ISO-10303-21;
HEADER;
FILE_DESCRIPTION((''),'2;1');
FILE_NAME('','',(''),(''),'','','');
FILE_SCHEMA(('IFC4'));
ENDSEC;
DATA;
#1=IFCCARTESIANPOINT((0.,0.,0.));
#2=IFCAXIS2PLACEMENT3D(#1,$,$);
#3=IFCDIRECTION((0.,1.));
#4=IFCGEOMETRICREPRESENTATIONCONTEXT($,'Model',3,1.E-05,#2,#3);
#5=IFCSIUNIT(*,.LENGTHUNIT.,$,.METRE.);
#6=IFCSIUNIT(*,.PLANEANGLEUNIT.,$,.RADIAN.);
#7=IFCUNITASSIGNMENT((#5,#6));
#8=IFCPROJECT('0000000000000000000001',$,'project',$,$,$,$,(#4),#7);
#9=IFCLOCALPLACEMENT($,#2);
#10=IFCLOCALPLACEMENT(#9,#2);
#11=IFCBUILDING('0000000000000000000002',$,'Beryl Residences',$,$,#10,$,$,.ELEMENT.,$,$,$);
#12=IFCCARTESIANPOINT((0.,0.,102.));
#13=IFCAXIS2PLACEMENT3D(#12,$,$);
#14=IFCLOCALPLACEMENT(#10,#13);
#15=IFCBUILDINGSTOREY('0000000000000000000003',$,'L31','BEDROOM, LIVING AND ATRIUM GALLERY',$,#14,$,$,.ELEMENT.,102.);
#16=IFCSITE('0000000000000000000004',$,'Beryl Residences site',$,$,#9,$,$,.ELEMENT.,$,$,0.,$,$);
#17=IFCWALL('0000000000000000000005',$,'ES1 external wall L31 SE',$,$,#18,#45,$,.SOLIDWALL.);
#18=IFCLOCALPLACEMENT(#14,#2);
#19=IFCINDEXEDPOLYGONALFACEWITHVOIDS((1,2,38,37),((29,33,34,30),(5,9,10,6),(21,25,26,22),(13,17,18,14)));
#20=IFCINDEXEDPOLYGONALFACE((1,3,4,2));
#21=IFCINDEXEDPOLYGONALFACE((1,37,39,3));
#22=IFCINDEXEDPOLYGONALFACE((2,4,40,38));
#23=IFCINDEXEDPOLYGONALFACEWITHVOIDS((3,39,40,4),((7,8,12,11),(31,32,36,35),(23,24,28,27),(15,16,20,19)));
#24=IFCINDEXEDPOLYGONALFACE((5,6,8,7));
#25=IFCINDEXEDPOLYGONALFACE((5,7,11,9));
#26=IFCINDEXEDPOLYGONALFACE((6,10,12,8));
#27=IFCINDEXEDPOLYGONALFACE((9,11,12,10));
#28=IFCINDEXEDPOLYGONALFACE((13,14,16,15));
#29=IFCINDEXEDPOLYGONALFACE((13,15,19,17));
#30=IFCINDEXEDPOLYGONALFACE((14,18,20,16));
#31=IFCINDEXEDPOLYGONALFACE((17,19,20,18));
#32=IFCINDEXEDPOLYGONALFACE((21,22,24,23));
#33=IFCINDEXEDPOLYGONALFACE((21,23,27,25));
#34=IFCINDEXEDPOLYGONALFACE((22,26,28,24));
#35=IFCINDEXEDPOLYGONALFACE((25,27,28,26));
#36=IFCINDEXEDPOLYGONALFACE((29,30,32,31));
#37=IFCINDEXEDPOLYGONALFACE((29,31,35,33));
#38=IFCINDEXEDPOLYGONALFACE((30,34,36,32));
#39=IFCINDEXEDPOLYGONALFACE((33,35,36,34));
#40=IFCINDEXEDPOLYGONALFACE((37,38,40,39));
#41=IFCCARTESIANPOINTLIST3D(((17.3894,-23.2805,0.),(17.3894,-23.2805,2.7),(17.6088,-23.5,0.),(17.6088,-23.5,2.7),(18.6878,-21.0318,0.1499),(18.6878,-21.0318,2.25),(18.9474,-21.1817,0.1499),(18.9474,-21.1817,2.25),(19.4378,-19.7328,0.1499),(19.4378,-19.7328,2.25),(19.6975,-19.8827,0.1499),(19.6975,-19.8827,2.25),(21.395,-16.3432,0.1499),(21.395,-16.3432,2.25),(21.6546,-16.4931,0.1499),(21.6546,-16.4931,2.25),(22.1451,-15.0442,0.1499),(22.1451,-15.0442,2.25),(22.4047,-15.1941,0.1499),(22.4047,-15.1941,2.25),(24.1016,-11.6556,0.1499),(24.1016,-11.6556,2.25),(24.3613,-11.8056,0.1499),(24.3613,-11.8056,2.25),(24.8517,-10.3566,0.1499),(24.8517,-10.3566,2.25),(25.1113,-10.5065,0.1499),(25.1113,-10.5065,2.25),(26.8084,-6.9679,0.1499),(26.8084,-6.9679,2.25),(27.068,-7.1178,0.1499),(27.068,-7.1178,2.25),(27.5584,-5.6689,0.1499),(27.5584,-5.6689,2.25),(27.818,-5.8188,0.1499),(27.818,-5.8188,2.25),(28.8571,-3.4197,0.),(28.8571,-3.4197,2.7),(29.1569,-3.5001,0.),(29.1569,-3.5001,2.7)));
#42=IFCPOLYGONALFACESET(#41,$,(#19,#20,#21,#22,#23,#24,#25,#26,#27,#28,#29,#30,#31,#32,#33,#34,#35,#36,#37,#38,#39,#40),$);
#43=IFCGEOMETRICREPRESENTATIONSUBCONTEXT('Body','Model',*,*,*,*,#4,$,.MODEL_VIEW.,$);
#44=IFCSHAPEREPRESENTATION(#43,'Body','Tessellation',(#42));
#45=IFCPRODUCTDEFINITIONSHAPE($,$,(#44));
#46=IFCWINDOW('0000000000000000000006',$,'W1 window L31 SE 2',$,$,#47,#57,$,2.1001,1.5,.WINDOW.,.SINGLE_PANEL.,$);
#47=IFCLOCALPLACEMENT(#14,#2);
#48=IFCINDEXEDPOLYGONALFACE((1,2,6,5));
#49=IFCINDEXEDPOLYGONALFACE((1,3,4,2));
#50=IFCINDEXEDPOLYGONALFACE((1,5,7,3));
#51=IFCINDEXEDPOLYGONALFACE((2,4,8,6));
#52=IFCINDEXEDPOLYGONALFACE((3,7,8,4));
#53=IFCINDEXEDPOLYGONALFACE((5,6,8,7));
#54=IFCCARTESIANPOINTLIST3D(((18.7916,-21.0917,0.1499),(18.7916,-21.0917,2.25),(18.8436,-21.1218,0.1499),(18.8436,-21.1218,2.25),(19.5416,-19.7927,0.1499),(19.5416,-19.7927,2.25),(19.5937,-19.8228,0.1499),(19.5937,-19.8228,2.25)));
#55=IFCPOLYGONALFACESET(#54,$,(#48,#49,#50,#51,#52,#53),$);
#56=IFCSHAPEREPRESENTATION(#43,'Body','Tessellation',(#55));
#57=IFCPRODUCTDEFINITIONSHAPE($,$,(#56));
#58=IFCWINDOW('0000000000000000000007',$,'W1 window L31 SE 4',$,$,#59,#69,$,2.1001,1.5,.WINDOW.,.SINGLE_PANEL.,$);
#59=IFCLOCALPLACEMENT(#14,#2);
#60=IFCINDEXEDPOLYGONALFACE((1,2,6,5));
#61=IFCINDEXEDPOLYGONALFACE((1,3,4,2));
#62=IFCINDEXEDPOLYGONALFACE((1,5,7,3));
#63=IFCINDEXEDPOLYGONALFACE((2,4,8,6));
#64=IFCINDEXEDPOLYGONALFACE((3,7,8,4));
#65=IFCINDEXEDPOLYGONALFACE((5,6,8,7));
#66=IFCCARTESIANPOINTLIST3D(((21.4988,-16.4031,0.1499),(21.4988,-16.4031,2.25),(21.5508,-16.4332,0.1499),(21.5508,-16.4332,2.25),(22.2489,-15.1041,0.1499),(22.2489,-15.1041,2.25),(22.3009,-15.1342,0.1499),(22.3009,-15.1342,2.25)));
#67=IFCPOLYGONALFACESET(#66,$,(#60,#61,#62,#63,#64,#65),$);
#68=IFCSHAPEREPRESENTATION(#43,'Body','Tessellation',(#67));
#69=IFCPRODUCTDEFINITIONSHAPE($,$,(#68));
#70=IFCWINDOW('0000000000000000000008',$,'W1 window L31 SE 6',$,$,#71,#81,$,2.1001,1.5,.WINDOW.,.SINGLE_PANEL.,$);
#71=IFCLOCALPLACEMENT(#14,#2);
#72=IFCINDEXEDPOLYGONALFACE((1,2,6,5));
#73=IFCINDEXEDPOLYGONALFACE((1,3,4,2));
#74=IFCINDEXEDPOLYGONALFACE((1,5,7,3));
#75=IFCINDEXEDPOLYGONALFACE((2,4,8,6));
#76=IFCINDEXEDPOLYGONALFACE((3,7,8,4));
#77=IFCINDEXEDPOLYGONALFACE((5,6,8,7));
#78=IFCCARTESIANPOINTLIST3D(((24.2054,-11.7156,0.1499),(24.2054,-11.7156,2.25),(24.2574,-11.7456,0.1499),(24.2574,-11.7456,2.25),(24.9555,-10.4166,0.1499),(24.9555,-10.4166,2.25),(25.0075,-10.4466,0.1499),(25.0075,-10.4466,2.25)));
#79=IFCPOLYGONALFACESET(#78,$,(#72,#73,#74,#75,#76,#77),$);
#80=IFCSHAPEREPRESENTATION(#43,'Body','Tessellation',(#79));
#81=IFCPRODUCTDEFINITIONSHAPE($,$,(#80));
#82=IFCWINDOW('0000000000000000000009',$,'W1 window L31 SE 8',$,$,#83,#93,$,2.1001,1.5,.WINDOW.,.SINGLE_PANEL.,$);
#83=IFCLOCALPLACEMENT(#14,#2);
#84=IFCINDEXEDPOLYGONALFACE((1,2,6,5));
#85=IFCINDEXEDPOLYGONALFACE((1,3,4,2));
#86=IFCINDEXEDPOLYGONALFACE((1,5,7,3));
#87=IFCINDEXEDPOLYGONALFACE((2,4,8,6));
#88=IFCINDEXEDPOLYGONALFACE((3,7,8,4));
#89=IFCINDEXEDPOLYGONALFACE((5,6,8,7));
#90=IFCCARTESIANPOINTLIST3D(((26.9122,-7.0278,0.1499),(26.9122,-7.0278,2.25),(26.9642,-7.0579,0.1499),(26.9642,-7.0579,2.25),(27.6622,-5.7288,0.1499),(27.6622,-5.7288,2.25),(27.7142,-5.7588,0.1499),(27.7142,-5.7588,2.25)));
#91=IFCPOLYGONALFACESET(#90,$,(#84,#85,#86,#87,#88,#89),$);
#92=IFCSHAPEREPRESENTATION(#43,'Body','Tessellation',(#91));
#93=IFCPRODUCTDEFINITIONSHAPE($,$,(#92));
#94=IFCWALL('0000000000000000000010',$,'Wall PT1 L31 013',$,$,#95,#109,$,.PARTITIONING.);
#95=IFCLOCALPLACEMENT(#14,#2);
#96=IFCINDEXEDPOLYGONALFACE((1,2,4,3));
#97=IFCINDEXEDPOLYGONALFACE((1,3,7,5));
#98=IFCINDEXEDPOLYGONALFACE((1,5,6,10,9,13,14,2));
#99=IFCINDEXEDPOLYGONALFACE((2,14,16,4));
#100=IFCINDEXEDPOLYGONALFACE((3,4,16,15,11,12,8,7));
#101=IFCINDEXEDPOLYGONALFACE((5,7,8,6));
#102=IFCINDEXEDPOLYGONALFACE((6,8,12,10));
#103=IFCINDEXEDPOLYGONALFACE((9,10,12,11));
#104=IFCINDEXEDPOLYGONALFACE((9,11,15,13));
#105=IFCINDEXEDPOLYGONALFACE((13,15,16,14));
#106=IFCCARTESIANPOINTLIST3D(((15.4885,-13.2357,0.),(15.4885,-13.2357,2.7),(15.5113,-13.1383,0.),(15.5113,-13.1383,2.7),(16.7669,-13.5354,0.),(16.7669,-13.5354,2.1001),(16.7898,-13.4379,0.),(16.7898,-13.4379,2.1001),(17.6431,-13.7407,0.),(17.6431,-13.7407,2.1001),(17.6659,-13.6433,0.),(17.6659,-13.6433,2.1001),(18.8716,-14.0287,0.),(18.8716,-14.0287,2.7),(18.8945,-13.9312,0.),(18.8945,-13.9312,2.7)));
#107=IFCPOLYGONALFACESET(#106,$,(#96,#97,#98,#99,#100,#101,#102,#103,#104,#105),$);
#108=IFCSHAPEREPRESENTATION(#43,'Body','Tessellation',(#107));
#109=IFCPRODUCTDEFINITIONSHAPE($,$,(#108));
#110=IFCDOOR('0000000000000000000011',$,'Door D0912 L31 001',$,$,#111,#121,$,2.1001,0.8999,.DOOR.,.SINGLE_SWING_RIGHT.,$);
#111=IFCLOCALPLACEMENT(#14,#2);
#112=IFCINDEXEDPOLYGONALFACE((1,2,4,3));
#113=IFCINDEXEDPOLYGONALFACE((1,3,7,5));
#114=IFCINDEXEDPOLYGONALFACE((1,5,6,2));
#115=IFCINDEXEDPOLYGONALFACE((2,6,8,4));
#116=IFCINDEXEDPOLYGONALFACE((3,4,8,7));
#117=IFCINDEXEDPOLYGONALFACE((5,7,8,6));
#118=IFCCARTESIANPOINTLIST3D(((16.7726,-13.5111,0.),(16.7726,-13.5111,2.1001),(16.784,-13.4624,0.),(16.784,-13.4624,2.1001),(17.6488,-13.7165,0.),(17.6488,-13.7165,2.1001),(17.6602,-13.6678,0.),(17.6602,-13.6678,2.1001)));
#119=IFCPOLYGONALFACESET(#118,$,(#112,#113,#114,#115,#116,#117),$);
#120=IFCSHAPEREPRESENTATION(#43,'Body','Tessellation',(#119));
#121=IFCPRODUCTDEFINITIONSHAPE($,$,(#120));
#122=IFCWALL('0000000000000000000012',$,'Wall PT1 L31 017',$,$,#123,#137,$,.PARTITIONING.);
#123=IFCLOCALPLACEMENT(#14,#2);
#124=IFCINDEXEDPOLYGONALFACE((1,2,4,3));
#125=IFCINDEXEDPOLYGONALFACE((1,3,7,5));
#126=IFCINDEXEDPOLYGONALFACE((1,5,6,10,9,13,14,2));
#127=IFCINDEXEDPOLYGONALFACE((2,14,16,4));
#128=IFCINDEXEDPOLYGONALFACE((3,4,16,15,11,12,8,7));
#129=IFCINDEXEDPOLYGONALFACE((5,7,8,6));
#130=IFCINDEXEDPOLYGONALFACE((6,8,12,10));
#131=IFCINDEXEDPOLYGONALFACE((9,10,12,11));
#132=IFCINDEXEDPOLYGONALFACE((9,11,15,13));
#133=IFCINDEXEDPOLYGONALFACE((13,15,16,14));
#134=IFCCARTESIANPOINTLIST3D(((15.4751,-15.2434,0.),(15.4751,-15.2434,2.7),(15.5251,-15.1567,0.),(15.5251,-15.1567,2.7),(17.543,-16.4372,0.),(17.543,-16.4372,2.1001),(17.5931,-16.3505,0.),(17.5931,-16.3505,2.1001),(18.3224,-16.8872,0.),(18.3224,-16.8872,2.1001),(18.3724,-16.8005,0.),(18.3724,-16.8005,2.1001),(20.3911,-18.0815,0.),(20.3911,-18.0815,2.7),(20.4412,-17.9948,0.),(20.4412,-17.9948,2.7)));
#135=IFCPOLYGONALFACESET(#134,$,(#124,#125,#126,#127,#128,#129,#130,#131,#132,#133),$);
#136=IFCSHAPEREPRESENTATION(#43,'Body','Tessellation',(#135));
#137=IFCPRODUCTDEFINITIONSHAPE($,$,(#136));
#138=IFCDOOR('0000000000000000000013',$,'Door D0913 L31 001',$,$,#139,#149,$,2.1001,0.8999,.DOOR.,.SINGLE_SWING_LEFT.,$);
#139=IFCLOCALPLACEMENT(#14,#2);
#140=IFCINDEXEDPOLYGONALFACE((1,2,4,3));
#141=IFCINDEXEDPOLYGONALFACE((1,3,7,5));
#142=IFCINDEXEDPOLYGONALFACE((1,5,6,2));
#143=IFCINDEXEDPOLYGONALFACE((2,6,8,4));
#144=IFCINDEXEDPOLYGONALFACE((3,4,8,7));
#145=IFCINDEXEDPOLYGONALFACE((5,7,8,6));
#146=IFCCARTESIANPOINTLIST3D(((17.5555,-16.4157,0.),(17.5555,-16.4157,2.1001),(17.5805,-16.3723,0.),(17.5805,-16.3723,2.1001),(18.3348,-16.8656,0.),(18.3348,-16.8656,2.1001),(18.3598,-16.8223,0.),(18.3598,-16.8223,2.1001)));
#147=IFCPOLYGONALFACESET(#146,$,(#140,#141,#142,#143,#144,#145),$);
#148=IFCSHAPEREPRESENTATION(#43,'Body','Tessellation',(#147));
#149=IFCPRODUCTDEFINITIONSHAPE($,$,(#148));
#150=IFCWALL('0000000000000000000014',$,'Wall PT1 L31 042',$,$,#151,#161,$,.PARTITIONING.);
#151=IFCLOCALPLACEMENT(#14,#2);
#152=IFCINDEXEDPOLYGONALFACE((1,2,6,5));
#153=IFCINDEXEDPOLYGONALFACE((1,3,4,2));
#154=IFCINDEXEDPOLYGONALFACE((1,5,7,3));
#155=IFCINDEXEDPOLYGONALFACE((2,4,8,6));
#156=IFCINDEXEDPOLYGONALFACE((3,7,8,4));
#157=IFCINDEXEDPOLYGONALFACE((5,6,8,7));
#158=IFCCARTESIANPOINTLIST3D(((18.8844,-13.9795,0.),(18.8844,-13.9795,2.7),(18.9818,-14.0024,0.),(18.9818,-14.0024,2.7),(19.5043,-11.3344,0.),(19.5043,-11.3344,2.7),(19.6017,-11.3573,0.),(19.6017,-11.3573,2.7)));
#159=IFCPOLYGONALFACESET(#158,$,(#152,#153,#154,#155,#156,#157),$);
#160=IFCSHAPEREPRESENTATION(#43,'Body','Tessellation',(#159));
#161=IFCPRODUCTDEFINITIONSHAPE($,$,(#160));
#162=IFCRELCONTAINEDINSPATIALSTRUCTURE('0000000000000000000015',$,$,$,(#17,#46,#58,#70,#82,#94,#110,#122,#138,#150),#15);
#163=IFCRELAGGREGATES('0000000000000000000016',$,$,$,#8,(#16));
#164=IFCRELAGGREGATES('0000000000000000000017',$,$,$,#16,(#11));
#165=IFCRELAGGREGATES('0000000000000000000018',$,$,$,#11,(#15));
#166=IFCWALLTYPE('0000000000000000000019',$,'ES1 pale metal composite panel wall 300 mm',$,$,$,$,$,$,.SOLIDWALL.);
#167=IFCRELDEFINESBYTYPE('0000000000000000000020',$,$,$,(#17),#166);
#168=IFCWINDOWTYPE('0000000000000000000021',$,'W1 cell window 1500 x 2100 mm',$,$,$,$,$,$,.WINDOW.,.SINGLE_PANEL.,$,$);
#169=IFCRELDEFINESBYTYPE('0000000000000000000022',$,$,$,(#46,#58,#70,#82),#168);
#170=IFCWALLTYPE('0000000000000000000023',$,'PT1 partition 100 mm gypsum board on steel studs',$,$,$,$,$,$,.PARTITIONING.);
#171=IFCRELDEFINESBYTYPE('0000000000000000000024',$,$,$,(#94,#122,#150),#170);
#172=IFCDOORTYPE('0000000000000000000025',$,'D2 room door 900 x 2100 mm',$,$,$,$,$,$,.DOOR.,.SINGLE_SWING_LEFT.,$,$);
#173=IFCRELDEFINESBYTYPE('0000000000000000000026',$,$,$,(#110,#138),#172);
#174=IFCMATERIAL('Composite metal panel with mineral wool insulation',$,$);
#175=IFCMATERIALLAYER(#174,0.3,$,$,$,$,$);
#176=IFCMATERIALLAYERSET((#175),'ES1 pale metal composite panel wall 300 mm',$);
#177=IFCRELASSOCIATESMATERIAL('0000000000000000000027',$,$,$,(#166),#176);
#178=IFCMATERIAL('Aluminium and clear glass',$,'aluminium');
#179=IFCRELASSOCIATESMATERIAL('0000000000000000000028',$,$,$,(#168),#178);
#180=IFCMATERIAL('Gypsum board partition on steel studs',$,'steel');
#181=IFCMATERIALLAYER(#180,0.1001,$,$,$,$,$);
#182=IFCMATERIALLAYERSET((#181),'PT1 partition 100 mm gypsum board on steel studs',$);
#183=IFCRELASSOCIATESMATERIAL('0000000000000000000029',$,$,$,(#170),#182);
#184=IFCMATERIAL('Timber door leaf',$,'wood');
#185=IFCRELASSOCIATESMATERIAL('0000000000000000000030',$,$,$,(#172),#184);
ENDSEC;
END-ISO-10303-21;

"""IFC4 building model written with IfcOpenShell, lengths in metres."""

from ifc_helpers import new_model, si_unit, direction, frame, frame_2d, origin, place, context, subcontext, project, spatial, polyline, rectangle, outline, extrude, material, layer, layer_set, type_object, element, fill, save


model = new_model("IFC4")

# Units and contexts
model_context = context("Model", 3, precision=1e-05, world=origin(), true_north=direction((0.0, 1.0)))
body_context = subcontext(model_context, "Body", "Model", "MODEL_VIEW")
ifc_project = project(units=[si_unit("LENGTHUNIT", "METRE"), si_unit("PLANEANGLEUNIT", "RADIAN")], contexts=[model_context])

# Site, building, storey
site_placement = place(None, origin())
site = spatial("IfcSite", under=ifc_project, at=site_placement, Name="Beryl Residences site", CompositionType="ELEMENT", RefElevation=0.0)
building_placement = place(site_placement, origin())
building = spatial("IfcBuilding", under=site, at=building_placement, Name="Beryl Residences", CompositionType="ELEMENT")
storey_placement = place(building_placement, frame((0.0, 0.0, 102.0)))
storey = spatial("IfcBuildingStorey", under=building, at=storey_placement, Name="L31", Description="BEDROOM, LIVING AND ATRIUM GALLERY", CompositionType="ELEMENT", Elevation=102.0)

# Shared definitions
ifc_material_1 = material(Name="Composite metal panel with mineral wool insulation")
ifc_layer_1 = layer(ifc_material_1, 0.3)
ifc_layer_set_1 = layer_set([ifc_layer_1], Name="ES1 pale metal composite panel wall 300 mm")
wall_type_1 = type_object("IfcWallType", Name="ES1 pale metal composite panel wall 300 mm", PredefinedType="SOLIDWALL", material=ifc_layer_set_1)

# Wall, openings, windows
wall_1_placement = place(storey_placement, frame((17.479, -23.425, 0.0), z_axis=(0.0, 0.0, 1.0), x_axis=(0.500035, 0.866005, 0.0)))
wall_1 = element("IfcWall", 1, at=wall_1_placement, inside=storey, type_object=wall_type_1, Name="ES1 external wall L31 SE", PredefinedType="SOLIDWALL", context=body_context, shape_type="SweptSolid", body=[
    extrude(outline(polyline([(0.0, -0.1499), (23.0945, -0.1499), (23.0142, 0.1499), (0.0803, 0.1499), (0.0, -0.1499)])), origin(), (0.0, 0.0, 1.0), 2.7),
])
opening_1_placement = place(wall_1_placement, frame((2.677, 0.0, 0.1499)))
opening_1 = element("IfcOpeningElement", 2, at=opening_1_placement, cuts=wall_1, PredefinedType="OPENING", context=body_context, shape_type="SweptSolid", body=[
    extrude(rectangle(XDim=1.5, YDim=2.1001, at=frame_2d((0.75, 1.05))), frame((0.0, 0.1599, 0.0), z_axis=(0.0, -1.0, 0.0), x_axis=(1.0, 0.0, 0.0)), (0.0, 0.0, 1.0), 0.3201),
])
opening_2_placement = place(wall_1_placement, frame((8.0911, 0.0, 0.1499)))
opening_2 = element("IfcOpeningElement", 3, at=opening_2_placement, cuts=wall_1, PredefinedType="OPENING", context=body_context, shape_type="SweptSolid", body=[
    extrude(rectangle(XDim=1.5, YDim=2.1001, at=frame_2d((0.75, 1.05))), frame((0.0, 0.1599, 0.0), z_axis=(0.0, -1.0, 0.0), x_axis=(1.0, 0.0, 0.0)), (0.0, 0.0, 1.0), 0.3201),
])
opening_3_placement = place(wall_1_placement, frame((13.5039, 0.0, 0.1499)))
opening_3 = element("IfcOpeningElement", 4, at=opening_3_placement, cuts=wall_1, PredefinedType="OPENING", context=body_context, shape_type="SweptSolid", body=[
    extrude(rectangle(XDim=1.5, YDim=2.1001, at=frame_2d((0.75, 1.05))), frame((0.0, 0.1599, 0.0), z_axis=(0.0, -1.0, 0.0), x_axis=(1.0, 0.0, 0.0)), (0.0, 0.0, 1.0), 0.3201),
])
opening_4_placement = place(wall_1_placement, frame((18.917, 0.0, 0.1499)))
opening_4 = element("IfcOpeningElement", 5, at=opening_4_placement, cuts=wall_1, PredefinedType="OPENING", context=body_context, shape_type="SweptSolid", body=[
    extrude(rectangle(XDim=1.5, YDim=2.1001, at=frame_2d((0.75, 1.05))), frame((0.0, 0.1599, 0.0), z_axis=(0.0, -1.0, 0.0), x_axis=(1.0, 0.0, 0.0)), (0.0, 0.0, 1.0), 0.3201),
])
ifc_material_2 = material(Name="Aluminium and clear glass", Category="aluminium")
window_type_1 = type_object("IfcWindowType", Name="W1 cell window 1500 x 2100 mm", PartitioningType="SINGLE_PANEL", PredefinedType="WINDOW", material=ifc_material_2)
window_1_placement = place(opening_1_placement, origin())
window_1 = element("IfcWindow", 6, at=window_1_placement, inside=storey, type_object=window_type_1, Name="W1 window L31 SE 2", OverallHeight=2.1001, OverallWidth=1.5, PartitioningType="SINGLE_PANEL", PredefinedType="WINDOW", context=body_context, shape_type="SweptSolid", body=[
    extrude(rectangle(XDim=1.5, YDim=2.1001, at=frame_2d((0.75, 1.05))), frame((0.0, 0.03, 0.0), z_axis=(0.0, -1.0, 0.0), x_axis=(1.0, 0.0, 0.0)), (0.0, 0.0, 1.0), 0.0601),
])
fill(opening_1, window_1)
window_2_placement = place(opening_2_placement, origin())
window_2 = element("IfcWindow", 7, at=window_2_placement, inside=storey, type_object=window_type_1, Name="W1 window L31 SE 4", OverallHeight=2.1001, OverallWidth=1.5, PartitioningType="SINGLE_PANEL", PredefinedType="WINDOW", context=body_context, shape_type="SweptSolid", body=[
    extrude(rectangle(XDim=1.5, YDim=2.1001, at=frame_2d((0.75, 1.05))), frame((0.0, 0.03, 0.0), z_axis=(0.0, -1.0, 0.0), x_axis=(1.0, 0.0, 0.0)), (0.0, 0.0, 1.0), 0.0601),
])
fill(opening_2, window_2)
window_3_placement = place(opening_3_placement, origin())
window_3 = element("IfcWindow", 8, at=window_3_placement, inside=storey, type_object=window_type_1, Name="W1 window L31 SE 6", OverallHeight=2.1001, OverallWidth=1.5, PartitioningType="SINGLE_PANEL", PredefinedType="WINDOW", context=body_context, shape_type="SweptSolid", body=[
    extrude(rectangle(XDim=1.5, YDim=2.1001, at=frame_2d((0.75, 1.05))), frame((0.0, 0.03, 0.0), z_axis=(0.0, -1.0, 0.0), x_axis=(1.0, 0.0, 0.0)), (0.0, 0.0, 1.0), 0.0601),
])
fill(opening_3, window_3)
window_4_placement = place(opening_4_placement, origin())
window_4 = element("IfcWindow", 9, at=window_4_placement, inside=storey, type_object=window_type_1, Name="W1 window L31 SE 8", OverallHeight=2.1001, OverallWidth=1.5, PartitioningType="SINGLE_PANEL", PredefinedType="WINDOW", context=body_context, shape_type="SweptSolid", body=[
    extrude(rectangle(XDim=1.5, YDim=2.1001, at=frame_2d((0.75, 1.05))), frame((0.0, 0.03, 0.0), z_axis=(0.0, -1.0, 0.0), x_axis=(1.0, 0.0, 0.0)), (0.0, 0.0, 1.0), 0.0601),
])
fill(opening_4, window_4)

# Walls, openings, doors
ifc_material_3 = material(Name="Gypsum board partition on steel studs", Category="steel")
ifc_layer_2 = layer(ifc_material_3, 0.1001)
ifc_layer_set_2 = layer_set([ifc_layer_2], Name="PT1 partition 100 mm gypsum board on steel studs")
wall_type_2 = type_object("IfcWallType", Name="PT1 partition 100 mm gypsum board on steel studs", PredefinedType="PARTITIONING", material=ifc_layer_set_2)
wall_2_placement = place(storey_placement, frame((15.5, -13.187, 0.0), z_axis=(0.0, 0.0, 1.0), x_axis=(0.973612, -0.228209, 0.0)))
wall_2 = element("IfcWall", 10, at=wall_2_placement, inside=storey, type_object=wall_type_2, Name="Wall PT1 L31 013", PredefinedType="PARTITIONING", context=body_context, shape_type="SweptSolid", body=[
    extrude(rectangle(XDim=3.4749, YDim=0.1001, at=frame_2d((1.7373, 0.0))), origin(), (0.0, 0.0, 1.0), 2.7),
])
opening_5_placement = place(wall_2_placement, frame((1.313, 0.0, 0.0)))
opening_5 = element("IfcOpeningElement", 11, at=opening_5_placement, cuts=wall_2, PredefinedType="OPENING", context=body_context, shape_type="SweptSolid", body=[
    extrude(rectangle(XDim=0.8999, YDim=2.1001, at=frame_2d((0.45, 1.05))), frame((0.0, 0.0601, 0.0), z_axis=(0.0, -1.0, 0.0), x_axis=(1.0, 0.0, 0.0)), (0.0, 0.0, 1.0), 0.1201),
])
ifc_material_4 = material(Name="Timber door leaf", Category="wood")
door_type_1 = type_object("IfcDoorType", Name="D2 room door 900 x 2100 mm", OperationType="SINGLE_SWING_LEFT", PredefinedType="DOOR", material=ifc_material_4)
door_1_placement = place(opening_5_placement, origin())
door_1 = element("IfcDoor", 12, at=door_1_placement, inside=storey, type_object=door_type_1, Name="Door D0912 L31 001", OperationType="SINGLE_SWING_RIGHT", OverallHeight=2.1001, OverallWidth=0.8999, PredefinedType="DOOR", context=body_context, shape_type="SweptSolid", body=[
    extrude(rectangle(XDim=0.8999, YDim=2.1001, at=frame_2d((0.45, 1.05))), frame((0.0, 0.0249, 0.0), z_axis=(0.0, -1.0, 0.0), x_axis=(1.0, 0.0, 0.0)), (0.0, 0.0, 1.0), 0.05),
])
fill(opening_5, door_1)
wall_3_placement = place(storey_placement, frame((15.5, -15.2, 0.0), z_axis=(0.0, 0.0, 1.0), x_axis=(0.866035, -0.499983, 0.0)))
wall_3 = element("IfcWall", 13, at=wall_3_placement, inside=storey, type_object=wall_type_2, Name="Wall PT1 L31 017", PredefinedType="PARTITIONING", context=body_context, shape_type="SweptSolid", body=[
    extrude(rectangle(XDim=5.6765, YDim=0.1001, at=frame_2d((2.8384, 0.0))), origin(), (0.0, 0.0, 1.0), 2.7),
])
opening_6_placement = place(wall_3_placement, frame((2.3879, 0.0, 0.0)))
opening_6 = element("IfcOpeningElement", 14, at=opening_6_placement, cuts=wall_3, PredefinedType="OPENING", context=body_context, shape_type="SweptSolid", body=[
    extrude(rectangle(XDim=0.8999, YDim=2.1001, at=frame_2d((0.45, 1.05))), frame((0.0, 0.0601, 0.0), z_axis=(0.0, -1.0, 0.0), x_axis=(1.0, 0.0, 0.0)), (0.0, 0.0, 1.0), 0.1201),
])
door_2_placement = place(opening_6_placement, origin())
door_2 = element("IfcDoor", 15, at=door_2_placement, inside=storey, type_object=door_type_1, Name="Door D0913 L31 001", OperationType="SINGLE_SWING_LEFT", OverallHeight=2.1001, OverallWidth=0.8999, PredefinedType="DOOR", context=body_context, shape_type="SweptSolid", body=[
    extrude(rectangle(XDim=0.8999, YDim=2.1001, at=frame_2d((0.45, 1.05))), frame((0.0, 0.0249, 0.0), z_axis=(0.0, -1.0, 0.0), x_axis=(1.0, 0.0, 0.0)), (0.0, 0.0, 1.0), 0.05),
])
fill(opening_6, door_2)

# Wall
wall_4_placement = place(storey_placement, frame((18.9331, -13.991, 0.0), z_axis=(0.0, 0.0, 1.0), x_axis=(0.228173, 0.973621, 0.0)))
element("IfcWall", 16, at=wall_4_placement, inside=storey, type_object=wall_type_2, Name="Wall PT1 L31 042", PredefinedType="PARTITIONING", context=body_context, shape_type="SweptSolid", body=[
    extrude(rectangle(XDim=2.7168, YDim=0.1001, at=frame_2d((1.3584, 0.0))), origin(), (0.0, 0.0, 1.0), 2.7),
])

save(model, "model.ifc")
